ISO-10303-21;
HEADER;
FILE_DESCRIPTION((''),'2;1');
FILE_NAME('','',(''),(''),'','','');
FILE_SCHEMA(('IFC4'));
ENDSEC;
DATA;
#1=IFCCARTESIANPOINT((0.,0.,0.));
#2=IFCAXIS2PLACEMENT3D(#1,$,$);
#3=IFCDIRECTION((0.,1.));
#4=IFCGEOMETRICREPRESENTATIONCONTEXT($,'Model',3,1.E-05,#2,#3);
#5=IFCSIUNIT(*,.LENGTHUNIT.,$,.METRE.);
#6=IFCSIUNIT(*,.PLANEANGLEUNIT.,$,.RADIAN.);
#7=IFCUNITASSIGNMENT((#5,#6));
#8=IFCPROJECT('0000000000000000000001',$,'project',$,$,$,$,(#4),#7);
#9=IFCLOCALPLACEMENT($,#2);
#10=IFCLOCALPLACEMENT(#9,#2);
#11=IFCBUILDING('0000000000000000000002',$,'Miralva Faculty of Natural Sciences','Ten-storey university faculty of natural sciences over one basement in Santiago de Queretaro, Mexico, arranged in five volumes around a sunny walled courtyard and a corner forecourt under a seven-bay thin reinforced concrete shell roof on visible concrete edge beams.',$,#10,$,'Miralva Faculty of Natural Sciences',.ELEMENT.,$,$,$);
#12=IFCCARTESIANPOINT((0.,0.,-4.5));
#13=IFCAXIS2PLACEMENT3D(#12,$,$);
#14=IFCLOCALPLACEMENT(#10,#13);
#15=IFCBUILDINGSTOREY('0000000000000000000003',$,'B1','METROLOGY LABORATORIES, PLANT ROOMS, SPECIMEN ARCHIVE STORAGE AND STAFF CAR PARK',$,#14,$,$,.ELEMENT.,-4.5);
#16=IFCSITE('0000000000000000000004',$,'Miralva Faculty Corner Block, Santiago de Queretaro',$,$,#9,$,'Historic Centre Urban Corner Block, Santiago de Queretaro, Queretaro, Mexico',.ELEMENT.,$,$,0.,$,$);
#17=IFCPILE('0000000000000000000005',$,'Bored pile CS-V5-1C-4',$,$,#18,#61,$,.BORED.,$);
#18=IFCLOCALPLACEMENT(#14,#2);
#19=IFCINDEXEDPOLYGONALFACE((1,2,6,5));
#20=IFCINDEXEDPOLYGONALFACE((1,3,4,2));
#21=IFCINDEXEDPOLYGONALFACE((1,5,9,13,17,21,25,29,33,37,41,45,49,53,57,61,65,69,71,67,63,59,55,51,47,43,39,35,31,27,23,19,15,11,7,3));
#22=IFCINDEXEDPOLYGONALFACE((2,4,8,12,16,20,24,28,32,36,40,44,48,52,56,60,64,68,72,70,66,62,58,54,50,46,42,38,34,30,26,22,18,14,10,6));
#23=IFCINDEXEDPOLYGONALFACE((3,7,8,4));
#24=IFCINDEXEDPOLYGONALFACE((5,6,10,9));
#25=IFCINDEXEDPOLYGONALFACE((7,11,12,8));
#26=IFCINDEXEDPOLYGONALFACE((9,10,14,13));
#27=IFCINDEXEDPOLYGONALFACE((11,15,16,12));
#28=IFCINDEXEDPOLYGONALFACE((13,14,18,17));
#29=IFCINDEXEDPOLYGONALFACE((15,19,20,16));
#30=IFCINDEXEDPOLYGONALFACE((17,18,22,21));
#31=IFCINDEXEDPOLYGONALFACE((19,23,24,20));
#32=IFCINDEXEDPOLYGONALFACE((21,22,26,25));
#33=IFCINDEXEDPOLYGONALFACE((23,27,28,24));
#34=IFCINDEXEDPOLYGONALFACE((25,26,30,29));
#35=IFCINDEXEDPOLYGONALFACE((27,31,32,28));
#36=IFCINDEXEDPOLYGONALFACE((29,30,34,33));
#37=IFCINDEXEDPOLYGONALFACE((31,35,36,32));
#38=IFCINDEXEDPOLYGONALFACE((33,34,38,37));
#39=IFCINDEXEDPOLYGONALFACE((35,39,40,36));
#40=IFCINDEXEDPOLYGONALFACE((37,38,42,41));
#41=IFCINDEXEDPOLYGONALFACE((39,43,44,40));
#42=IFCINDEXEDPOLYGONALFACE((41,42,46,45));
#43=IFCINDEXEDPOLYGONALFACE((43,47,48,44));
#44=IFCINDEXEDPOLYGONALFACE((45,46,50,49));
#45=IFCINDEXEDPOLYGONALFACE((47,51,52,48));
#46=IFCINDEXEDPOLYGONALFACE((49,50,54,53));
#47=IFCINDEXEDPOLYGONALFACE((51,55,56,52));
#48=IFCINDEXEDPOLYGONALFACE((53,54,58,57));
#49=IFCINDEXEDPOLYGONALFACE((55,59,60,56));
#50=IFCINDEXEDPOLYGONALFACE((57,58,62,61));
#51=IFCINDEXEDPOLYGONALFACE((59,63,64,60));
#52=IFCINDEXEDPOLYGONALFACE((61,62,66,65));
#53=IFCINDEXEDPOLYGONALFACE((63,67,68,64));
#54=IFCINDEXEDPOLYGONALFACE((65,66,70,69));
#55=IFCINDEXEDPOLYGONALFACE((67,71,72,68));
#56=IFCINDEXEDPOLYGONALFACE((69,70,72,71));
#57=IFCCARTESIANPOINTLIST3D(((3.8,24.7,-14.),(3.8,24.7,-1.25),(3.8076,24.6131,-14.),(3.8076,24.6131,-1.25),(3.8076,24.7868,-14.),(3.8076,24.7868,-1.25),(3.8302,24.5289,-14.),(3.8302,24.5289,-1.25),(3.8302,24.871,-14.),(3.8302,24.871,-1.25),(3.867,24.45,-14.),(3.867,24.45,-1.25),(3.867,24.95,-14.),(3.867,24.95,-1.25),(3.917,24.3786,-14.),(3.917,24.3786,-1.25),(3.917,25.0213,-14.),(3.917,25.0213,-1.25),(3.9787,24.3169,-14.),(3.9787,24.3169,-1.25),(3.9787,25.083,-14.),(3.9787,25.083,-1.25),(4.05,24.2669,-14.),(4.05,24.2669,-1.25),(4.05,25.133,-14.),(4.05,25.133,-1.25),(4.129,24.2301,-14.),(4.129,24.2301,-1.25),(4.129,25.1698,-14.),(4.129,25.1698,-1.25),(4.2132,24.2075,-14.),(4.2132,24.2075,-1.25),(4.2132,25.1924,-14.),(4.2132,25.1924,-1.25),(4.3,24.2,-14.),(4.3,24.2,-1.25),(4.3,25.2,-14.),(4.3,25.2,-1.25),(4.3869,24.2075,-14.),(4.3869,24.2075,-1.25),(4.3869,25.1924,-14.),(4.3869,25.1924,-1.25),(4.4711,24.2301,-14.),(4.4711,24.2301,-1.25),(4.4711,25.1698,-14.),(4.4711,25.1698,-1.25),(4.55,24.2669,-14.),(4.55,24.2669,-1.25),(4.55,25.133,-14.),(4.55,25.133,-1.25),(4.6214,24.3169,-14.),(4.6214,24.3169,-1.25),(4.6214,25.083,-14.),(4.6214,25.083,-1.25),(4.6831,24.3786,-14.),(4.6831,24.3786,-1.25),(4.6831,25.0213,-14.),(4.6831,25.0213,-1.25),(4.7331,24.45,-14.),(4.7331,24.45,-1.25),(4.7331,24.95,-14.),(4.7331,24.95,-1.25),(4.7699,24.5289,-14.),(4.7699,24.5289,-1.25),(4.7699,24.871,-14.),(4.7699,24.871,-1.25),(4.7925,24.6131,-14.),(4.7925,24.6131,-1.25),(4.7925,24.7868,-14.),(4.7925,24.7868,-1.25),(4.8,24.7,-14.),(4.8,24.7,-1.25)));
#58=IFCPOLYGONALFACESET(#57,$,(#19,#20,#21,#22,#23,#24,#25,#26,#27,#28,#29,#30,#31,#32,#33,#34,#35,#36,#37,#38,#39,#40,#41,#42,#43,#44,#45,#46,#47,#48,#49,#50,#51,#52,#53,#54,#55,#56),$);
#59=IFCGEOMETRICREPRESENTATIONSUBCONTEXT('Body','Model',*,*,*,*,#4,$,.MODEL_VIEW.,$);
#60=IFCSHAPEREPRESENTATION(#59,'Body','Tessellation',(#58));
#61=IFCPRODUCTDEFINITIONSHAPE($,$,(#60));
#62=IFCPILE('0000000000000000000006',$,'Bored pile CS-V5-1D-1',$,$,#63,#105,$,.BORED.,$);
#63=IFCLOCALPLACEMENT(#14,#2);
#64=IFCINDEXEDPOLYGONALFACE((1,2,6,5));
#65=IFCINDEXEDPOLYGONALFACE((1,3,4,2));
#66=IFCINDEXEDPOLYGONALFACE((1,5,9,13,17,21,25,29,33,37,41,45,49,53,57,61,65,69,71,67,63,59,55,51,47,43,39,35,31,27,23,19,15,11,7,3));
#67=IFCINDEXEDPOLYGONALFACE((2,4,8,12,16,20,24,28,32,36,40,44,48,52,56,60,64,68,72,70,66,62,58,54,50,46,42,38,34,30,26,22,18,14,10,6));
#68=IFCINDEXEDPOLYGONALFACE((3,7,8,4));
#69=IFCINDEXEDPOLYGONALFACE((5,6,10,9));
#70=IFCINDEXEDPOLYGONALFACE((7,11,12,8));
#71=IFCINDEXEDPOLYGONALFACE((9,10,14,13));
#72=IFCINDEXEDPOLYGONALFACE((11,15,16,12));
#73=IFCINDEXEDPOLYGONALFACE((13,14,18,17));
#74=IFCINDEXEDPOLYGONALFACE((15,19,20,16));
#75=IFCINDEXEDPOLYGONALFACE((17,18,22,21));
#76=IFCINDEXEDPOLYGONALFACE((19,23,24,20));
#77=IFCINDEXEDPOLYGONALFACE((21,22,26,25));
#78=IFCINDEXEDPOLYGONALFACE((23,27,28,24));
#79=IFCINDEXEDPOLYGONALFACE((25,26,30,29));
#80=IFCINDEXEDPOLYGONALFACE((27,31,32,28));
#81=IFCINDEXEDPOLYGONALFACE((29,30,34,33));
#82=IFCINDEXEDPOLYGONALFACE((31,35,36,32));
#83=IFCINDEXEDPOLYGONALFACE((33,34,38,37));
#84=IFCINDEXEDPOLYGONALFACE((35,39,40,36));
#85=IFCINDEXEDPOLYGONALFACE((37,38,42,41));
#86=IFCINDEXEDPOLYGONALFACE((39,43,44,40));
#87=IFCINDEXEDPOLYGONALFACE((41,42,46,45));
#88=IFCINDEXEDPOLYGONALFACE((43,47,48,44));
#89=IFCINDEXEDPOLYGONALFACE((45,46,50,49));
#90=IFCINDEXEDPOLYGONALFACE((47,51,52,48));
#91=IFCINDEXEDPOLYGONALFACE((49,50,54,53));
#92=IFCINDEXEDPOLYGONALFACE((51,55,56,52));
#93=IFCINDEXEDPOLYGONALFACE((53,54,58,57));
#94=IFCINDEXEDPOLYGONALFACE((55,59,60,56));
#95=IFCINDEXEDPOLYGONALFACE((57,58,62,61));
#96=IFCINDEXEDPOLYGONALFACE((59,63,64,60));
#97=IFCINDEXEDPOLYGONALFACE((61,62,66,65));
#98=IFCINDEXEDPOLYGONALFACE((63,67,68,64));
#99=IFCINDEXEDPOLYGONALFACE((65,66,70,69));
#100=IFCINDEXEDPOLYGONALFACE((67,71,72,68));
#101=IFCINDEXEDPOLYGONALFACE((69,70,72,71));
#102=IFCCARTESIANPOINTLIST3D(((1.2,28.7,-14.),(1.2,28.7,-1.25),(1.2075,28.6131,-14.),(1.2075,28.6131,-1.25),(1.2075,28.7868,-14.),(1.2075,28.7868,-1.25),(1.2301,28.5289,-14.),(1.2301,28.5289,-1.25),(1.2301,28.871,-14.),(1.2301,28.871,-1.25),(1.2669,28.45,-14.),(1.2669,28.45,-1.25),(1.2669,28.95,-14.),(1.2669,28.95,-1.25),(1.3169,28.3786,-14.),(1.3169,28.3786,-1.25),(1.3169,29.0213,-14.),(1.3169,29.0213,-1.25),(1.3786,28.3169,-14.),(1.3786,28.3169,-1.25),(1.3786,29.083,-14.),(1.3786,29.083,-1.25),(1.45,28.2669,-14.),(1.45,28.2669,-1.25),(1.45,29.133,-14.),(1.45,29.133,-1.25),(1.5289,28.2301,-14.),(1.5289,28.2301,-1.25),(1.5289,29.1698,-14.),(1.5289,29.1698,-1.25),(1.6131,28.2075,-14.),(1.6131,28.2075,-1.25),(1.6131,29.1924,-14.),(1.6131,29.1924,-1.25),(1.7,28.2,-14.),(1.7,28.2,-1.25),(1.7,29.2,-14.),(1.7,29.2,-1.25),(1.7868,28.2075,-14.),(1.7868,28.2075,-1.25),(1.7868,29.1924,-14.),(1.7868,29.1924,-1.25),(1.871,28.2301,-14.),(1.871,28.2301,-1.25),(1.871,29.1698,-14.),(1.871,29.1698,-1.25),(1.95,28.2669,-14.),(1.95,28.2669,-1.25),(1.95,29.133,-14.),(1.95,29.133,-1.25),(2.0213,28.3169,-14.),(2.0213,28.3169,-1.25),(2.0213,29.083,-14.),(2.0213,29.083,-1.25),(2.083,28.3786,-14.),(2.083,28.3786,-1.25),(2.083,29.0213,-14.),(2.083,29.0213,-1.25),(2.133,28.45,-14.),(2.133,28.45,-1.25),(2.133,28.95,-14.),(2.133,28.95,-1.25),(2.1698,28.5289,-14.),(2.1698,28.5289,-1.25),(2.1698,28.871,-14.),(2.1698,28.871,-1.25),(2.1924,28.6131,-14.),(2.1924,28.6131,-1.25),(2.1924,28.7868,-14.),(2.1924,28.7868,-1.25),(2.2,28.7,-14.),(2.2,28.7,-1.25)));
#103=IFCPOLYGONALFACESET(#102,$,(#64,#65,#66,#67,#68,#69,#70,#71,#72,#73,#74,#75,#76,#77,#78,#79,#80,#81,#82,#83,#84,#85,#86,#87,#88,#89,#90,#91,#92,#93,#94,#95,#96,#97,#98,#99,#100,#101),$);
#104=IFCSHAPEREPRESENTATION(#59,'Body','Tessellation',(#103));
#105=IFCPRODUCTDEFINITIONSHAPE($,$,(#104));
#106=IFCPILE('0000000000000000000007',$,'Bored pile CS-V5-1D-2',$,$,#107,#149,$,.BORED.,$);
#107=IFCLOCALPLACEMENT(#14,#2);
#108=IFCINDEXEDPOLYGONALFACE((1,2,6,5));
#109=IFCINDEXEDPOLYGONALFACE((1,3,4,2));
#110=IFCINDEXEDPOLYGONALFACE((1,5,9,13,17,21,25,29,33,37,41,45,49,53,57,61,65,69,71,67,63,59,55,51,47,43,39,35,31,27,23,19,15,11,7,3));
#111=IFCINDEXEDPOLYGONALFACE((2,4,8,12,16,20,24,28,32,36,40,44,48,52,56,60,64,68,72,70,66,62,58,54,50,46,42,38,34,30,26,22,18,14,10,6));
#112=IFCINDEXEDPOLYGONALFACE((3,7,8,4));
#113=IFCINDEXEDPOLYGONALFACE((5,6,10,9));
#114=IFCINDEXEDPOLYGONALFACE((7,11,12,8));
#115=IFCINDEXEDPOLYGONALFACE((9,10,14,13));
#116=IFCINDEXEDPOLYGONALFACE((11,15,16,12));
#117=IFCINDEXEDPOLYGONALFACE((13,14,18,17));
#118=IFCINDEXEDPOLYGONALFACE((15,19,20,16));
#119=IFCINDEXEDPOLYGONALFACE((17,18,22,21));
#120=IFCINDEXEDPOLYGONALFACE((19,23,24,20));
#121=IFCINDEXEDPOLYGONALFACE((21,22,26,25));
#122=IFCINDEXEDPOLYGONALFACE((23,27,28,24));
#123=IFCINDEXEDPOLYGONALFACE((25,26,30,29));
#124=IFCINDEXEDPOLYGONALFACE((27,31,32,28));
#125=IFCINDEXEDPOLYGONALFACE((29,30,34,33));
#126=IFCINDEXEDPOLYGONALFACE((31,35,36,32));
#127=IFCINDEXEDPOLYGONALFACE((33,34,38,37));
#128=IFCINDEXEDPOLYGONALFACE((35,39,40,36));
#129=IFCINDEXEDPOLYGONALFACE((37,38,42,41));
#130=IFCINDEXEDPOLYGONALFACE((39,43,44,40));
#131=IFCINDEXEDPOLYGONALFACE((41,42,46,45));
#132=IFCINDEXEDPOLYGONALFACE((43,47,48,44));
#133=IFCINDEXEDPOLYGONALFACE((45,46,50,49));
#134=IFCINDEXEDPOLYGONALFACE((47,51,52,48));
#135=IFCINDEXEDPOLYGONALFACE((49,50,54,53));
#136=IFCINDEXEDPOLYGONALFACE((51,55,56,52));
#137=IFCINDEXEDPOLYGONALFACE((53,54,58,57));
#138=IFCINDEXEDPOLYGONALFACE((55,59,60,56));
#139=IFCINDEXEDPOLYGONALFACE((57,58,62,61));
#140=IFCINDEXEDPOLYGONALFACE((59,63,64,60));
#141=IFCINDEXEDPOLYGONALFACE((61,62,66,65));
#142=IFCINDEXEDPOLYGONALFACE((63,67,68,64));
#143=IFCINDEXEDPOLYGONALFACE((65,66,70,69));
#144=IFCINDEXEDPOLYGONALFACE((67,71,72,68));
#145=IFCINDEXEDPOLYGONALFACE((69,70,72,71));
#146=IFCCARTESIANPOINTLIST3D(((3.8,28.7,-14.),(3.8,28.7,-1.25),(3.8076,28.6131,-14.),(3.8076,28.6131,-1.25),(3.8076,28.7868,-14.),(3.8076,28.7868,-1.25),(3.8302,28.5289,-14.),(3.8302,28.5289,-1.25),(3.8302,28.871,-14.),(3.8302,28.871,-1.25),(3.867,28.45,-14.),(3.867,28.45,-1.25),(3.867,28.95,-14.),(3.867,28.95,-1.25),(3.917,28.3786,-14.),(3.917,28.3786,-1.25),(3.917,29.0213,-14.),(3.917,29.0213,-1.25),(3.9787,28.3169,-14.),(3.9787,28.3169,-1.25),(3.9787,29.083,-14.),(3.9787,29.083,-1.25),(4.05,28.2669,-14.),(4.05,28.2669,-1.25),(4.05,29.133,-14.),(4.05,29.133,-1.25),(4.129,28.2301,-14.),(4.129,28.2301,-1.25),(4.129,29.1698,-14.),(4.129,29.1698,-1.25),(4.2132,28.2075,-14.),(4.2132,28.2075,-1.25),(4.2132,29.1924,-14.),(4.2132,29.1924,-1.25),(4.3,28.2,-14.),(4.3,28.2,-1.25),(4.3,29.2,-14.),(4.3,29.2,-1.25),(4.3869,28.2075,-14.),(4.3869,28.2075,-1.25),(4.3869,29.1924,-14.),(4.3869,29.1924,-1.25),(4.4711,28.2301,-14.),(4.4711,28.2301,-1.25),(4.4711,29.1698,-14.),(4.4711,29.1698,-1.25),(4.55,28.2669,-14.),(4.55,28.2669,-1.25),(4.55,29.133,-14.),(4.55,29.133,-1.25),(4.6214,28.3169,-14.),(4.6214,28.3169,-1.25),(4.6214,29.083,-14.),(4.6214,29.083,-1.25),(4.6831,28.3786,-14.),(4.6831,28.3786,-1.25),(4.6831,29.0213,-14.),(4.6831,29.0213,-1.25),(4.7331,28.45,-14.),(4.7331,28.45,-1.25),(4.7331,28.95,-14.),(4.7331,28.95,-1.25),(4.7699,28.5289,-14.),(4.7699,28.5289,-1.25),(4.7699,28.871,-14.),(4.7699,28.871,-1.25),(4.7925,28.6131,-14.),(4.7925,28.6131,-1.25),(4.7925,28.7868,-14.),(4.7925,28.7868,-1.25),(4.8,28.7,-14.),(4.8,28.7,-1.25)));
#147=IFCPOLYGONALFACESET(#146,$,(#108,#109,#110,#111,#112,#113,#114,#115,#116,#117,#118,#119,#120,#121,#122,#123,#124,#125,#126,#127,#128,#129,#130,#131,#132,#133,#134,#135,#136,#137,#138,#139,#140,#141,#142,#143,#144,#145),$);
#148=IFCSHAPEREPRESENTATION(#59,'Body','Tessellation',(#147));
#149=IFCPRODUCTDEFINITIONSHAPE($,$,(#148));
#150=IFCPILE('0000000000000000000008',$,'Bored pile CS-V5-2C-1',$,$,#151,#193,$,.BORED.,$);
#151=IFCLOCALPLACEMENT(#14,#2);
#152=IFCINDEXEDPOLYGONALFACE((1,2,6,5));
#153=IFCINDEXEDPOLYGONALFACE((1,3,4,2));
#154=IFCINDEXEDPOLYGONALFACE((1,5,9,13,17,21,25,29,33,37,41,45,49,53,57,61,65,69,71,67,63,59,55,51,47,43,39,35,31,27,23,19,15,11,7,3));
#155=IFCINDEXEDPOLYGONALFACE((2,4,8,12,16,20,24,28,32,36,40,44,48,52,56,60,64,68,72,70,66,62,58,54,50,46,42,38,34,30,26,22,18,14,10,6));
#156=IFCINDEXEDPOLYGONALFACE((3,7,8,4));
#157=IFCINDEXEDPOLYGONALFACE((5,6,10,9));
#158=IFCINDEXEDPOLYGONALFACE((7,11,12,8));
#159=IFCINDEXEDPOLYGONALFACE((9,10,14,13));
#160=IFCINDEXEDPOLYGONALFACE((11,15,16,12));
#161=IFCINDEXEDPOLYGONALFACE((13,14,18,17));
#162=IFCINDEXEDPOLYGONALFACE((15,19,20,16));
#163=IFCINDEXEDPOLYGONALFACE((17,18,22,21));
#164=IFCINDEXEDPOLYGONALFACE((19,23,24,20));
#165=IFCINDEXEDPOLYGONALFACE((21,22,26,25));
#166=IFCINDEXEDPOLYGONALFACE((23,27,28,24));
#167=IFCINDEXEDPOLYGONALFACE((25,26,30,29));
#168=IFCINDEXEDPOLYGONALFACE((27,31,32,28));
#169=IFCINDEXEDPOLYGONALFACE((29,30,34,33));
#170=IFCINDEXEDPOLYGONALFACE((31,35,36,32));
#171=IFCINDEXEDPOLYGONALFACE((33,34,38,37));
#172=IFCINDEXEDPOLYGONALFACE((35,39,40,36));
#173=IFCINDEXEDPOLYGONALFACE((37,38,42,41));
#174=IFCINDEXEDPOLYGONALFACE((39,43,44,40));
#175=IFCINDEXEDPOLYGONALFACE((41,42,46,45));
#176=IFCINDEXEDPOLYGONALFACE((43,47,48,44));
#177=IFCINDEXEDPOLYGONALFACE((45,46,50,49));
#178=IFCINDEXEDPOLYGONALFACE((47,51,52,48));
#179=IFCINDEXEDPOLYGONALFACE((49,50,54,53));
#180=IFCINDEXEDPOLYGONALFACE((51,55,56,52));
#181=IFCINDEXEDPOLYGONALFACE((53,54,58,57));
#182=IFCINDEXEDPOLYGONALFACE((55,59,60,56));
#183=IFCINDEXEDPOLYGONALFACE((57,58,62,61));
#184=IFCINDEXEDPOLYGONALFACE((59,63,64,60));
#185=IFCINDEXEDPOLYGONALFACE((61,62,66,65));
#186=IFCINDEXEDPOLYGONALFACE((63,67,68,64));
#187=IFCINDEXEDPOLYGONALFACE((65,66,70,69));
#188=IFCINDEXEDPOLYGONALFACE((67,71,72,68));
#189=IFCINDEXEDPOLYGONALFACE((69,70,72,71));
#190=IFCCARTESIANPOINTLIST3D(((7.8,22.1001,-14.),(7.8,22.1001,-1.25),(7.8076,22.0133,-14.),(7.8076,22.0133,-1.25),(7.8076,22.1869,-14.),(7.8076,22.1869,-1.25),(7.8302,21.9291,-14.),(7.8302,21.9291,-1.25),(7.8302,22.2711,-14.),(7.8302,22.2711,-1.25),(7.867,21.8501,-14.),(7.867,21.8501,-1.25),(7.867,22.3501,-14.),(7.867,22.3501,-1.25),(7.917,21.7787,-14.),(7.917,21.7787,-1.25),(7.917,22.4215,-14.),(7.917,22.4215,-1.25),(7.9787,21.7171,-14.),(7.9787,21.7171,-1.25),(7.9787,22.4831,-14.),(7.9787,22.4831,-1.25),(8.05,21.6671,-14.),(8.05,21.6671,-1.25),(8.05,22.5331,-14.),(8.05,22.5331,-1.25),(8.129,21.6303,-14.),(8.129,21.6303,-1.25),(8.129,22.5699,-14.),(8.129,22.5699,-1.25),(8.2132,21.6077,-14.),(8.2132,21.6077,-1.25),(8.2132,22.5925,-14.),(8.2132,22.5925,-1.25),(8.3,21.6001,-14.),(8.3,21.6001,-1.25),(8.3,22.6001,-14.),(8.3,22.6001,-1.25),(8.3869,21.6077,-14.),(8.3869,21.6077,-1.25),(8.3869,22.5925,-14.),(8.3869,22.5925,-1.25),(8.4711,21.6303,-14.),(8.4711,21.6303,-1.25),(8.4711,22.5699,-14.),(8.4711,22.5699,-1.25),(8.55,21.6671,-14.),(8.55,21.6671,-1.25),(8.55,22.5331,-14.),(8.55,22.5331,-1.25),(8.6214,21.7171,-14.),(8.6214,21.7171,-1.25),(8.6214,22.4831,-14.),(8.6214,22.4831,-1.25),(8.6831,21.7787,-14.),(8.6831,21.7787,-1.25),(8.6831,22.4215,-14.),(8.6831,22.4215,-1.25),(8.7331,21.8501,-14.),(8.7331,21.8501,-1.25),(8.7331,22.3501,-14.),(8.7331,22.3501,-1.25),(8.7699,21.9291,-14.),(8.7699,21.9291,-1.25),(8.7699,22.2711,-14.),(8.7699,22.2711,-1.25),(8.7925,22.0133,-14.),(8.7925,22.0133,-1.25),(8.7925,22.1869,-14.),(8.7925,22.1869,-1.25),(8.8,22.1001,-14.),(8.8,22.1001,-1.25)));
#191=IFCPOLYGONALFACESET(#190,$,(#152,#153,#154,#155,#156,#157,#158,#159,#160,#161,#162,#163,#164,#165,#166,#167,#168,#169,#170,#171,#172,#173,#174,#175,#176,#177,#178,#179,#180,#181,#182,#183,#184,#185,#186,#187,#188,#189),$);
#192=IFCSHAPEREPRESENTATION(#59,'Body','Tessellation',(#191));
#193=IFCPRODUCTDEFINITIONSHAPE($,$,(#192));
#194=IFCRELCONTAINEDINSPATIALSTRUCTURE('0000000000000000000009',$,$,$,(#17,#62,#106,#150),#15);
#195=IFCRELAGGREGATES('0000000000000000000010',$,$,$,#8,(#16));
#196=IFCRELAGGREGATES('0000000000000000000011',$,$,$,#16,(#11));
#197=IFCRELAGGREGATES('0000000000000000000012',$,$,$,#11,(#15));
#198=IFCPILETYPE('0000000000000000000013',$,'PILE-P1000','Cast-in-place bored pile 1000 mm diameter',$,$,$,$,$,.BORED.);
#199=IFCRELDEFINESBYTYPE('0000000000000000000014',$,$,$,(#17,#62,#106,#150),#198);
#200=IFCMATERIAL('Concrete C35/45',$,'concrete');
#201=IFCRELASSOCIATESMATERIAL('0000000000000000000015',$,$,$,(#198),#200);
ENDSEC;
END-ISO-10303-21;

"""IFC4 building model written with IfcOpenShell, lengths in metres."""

from ifc_helpers import new_model, si_unit, direction, frame, origin, origin_2d, place, context, subcontext, project, spatial, circle, extrude, material, material_profile, profile_set, type_object, element, save


model = new_model("IFC4")

# Units and contexts
model_context = context("Model", 3, precision=1e-05, world=origin(), true_north=direction((0.0, 1.0)))
body_context = subcontext(model_context, "Body", "Model", "MODEL_VIEW")
ifc_project = project(units=[si_unit("LENGTHUNIT", "METRE"), si_unit("PLANEANGLEUNIT", "RADIAN")], contexts=[model_context])

# Site, building, storey
site_placement = place(None, origin())
site = spatial("IfcSite", under=ifc_project, at=site_placement, Name="Miralva Faculty Corner Block, Santiago de Queretaro", LongName="Historic Centre Urban Corner Block, Santiago de Queretaro, Queretaro, Mexico", CompositionType="ELEMENT", RefElevation=0.0)
building_placement = place(site_placement, origin())
building = spatial("IfcBuilding", under=site, at=building_placement, Name="Miralva Faculty of Natural Sciences", Description="Ten-storey university faculty of natural sciences over one basement in Santiago de Queretaro, Mexico, arranged in five volumes around a sunny walled courtyard and a corner forecourt under a seven-bay thin reinforced concrete shell roof on visible concrete edge beams.", LongName="Miralva Faculty of Natural Sciences", CompositionType="ELEMENT")
storey_placement = place(building_placement, frame((0.0, 0.0, -4.5)))
storey = spatial("IfcBuildingStorey", under=building, at=storey_placement, Name="B1", Description="METROLOGY LABORATORIES, PLANT ROOMS, SPECIMEN ARCHIVE STORAGE AND STAFF CAR PARK", CompositionType="ELEMENT", Elevation=-4.5)

# Shared definitions
ifc_material_1 = material(Name="Concrete C35/45", Category="concrete")

# Piles
ifc_material_profile_1 = material_profile(ifc_material_1, circle(Radius=0.5, at=origin_2d()), Name="BORED PILE 1000")
ifc_profile_set_1 = profile_set([ifc_material_profile_1], Name="Concrete C35/45")
pile_type = type_object("IfcPileType", Name="PILE-P1000", Description="Cast-in-place bored pile 1000 mm diameter", PredefinedType="BORED", material=ifc_profile_set_1)
for number, where, z_axis, x_axis, name in (
    (1, (4.3, 24.7, -1.25), (0.0, 0.0, -1.0), (1.0, 0.0, 0.0), "Bored pile CS-V5-1C-4"),
    (2, (1.7, 28.7, -1.25), (0.0, 0.0, -1.0), (1.0, 0.0, 0.0), "Bored pile CS-V5-1D-1"),
    (3, (4.3, 28.7, -1.25), (0.0, 0.0, -1.0), (1.0, 0.0, 0.0), "Bored pile CS-V5-1D-2"),
    (4, (8.3, 22.1001, -1.25), (0.0, 0.0, -1.0), (1.0, 0.0, 0.0), "Bored pile CS-V5-2C-1"),
):
    element("IfcPile", number, at=place(storey_placement, frame(where, z_axis=z_axis, x_axis=x_axis)), inside=storey, type_object=pile_type, Name=name, PredefinedType="BORED", context=body_context, shape_type="SweptSolid", body=[
        extrude(circle(Radius=0.5, at=origin_2d()), origin(), (0.0, 0.0, 1.0), 12.75),
    ])

save(model, "model.ifc")
